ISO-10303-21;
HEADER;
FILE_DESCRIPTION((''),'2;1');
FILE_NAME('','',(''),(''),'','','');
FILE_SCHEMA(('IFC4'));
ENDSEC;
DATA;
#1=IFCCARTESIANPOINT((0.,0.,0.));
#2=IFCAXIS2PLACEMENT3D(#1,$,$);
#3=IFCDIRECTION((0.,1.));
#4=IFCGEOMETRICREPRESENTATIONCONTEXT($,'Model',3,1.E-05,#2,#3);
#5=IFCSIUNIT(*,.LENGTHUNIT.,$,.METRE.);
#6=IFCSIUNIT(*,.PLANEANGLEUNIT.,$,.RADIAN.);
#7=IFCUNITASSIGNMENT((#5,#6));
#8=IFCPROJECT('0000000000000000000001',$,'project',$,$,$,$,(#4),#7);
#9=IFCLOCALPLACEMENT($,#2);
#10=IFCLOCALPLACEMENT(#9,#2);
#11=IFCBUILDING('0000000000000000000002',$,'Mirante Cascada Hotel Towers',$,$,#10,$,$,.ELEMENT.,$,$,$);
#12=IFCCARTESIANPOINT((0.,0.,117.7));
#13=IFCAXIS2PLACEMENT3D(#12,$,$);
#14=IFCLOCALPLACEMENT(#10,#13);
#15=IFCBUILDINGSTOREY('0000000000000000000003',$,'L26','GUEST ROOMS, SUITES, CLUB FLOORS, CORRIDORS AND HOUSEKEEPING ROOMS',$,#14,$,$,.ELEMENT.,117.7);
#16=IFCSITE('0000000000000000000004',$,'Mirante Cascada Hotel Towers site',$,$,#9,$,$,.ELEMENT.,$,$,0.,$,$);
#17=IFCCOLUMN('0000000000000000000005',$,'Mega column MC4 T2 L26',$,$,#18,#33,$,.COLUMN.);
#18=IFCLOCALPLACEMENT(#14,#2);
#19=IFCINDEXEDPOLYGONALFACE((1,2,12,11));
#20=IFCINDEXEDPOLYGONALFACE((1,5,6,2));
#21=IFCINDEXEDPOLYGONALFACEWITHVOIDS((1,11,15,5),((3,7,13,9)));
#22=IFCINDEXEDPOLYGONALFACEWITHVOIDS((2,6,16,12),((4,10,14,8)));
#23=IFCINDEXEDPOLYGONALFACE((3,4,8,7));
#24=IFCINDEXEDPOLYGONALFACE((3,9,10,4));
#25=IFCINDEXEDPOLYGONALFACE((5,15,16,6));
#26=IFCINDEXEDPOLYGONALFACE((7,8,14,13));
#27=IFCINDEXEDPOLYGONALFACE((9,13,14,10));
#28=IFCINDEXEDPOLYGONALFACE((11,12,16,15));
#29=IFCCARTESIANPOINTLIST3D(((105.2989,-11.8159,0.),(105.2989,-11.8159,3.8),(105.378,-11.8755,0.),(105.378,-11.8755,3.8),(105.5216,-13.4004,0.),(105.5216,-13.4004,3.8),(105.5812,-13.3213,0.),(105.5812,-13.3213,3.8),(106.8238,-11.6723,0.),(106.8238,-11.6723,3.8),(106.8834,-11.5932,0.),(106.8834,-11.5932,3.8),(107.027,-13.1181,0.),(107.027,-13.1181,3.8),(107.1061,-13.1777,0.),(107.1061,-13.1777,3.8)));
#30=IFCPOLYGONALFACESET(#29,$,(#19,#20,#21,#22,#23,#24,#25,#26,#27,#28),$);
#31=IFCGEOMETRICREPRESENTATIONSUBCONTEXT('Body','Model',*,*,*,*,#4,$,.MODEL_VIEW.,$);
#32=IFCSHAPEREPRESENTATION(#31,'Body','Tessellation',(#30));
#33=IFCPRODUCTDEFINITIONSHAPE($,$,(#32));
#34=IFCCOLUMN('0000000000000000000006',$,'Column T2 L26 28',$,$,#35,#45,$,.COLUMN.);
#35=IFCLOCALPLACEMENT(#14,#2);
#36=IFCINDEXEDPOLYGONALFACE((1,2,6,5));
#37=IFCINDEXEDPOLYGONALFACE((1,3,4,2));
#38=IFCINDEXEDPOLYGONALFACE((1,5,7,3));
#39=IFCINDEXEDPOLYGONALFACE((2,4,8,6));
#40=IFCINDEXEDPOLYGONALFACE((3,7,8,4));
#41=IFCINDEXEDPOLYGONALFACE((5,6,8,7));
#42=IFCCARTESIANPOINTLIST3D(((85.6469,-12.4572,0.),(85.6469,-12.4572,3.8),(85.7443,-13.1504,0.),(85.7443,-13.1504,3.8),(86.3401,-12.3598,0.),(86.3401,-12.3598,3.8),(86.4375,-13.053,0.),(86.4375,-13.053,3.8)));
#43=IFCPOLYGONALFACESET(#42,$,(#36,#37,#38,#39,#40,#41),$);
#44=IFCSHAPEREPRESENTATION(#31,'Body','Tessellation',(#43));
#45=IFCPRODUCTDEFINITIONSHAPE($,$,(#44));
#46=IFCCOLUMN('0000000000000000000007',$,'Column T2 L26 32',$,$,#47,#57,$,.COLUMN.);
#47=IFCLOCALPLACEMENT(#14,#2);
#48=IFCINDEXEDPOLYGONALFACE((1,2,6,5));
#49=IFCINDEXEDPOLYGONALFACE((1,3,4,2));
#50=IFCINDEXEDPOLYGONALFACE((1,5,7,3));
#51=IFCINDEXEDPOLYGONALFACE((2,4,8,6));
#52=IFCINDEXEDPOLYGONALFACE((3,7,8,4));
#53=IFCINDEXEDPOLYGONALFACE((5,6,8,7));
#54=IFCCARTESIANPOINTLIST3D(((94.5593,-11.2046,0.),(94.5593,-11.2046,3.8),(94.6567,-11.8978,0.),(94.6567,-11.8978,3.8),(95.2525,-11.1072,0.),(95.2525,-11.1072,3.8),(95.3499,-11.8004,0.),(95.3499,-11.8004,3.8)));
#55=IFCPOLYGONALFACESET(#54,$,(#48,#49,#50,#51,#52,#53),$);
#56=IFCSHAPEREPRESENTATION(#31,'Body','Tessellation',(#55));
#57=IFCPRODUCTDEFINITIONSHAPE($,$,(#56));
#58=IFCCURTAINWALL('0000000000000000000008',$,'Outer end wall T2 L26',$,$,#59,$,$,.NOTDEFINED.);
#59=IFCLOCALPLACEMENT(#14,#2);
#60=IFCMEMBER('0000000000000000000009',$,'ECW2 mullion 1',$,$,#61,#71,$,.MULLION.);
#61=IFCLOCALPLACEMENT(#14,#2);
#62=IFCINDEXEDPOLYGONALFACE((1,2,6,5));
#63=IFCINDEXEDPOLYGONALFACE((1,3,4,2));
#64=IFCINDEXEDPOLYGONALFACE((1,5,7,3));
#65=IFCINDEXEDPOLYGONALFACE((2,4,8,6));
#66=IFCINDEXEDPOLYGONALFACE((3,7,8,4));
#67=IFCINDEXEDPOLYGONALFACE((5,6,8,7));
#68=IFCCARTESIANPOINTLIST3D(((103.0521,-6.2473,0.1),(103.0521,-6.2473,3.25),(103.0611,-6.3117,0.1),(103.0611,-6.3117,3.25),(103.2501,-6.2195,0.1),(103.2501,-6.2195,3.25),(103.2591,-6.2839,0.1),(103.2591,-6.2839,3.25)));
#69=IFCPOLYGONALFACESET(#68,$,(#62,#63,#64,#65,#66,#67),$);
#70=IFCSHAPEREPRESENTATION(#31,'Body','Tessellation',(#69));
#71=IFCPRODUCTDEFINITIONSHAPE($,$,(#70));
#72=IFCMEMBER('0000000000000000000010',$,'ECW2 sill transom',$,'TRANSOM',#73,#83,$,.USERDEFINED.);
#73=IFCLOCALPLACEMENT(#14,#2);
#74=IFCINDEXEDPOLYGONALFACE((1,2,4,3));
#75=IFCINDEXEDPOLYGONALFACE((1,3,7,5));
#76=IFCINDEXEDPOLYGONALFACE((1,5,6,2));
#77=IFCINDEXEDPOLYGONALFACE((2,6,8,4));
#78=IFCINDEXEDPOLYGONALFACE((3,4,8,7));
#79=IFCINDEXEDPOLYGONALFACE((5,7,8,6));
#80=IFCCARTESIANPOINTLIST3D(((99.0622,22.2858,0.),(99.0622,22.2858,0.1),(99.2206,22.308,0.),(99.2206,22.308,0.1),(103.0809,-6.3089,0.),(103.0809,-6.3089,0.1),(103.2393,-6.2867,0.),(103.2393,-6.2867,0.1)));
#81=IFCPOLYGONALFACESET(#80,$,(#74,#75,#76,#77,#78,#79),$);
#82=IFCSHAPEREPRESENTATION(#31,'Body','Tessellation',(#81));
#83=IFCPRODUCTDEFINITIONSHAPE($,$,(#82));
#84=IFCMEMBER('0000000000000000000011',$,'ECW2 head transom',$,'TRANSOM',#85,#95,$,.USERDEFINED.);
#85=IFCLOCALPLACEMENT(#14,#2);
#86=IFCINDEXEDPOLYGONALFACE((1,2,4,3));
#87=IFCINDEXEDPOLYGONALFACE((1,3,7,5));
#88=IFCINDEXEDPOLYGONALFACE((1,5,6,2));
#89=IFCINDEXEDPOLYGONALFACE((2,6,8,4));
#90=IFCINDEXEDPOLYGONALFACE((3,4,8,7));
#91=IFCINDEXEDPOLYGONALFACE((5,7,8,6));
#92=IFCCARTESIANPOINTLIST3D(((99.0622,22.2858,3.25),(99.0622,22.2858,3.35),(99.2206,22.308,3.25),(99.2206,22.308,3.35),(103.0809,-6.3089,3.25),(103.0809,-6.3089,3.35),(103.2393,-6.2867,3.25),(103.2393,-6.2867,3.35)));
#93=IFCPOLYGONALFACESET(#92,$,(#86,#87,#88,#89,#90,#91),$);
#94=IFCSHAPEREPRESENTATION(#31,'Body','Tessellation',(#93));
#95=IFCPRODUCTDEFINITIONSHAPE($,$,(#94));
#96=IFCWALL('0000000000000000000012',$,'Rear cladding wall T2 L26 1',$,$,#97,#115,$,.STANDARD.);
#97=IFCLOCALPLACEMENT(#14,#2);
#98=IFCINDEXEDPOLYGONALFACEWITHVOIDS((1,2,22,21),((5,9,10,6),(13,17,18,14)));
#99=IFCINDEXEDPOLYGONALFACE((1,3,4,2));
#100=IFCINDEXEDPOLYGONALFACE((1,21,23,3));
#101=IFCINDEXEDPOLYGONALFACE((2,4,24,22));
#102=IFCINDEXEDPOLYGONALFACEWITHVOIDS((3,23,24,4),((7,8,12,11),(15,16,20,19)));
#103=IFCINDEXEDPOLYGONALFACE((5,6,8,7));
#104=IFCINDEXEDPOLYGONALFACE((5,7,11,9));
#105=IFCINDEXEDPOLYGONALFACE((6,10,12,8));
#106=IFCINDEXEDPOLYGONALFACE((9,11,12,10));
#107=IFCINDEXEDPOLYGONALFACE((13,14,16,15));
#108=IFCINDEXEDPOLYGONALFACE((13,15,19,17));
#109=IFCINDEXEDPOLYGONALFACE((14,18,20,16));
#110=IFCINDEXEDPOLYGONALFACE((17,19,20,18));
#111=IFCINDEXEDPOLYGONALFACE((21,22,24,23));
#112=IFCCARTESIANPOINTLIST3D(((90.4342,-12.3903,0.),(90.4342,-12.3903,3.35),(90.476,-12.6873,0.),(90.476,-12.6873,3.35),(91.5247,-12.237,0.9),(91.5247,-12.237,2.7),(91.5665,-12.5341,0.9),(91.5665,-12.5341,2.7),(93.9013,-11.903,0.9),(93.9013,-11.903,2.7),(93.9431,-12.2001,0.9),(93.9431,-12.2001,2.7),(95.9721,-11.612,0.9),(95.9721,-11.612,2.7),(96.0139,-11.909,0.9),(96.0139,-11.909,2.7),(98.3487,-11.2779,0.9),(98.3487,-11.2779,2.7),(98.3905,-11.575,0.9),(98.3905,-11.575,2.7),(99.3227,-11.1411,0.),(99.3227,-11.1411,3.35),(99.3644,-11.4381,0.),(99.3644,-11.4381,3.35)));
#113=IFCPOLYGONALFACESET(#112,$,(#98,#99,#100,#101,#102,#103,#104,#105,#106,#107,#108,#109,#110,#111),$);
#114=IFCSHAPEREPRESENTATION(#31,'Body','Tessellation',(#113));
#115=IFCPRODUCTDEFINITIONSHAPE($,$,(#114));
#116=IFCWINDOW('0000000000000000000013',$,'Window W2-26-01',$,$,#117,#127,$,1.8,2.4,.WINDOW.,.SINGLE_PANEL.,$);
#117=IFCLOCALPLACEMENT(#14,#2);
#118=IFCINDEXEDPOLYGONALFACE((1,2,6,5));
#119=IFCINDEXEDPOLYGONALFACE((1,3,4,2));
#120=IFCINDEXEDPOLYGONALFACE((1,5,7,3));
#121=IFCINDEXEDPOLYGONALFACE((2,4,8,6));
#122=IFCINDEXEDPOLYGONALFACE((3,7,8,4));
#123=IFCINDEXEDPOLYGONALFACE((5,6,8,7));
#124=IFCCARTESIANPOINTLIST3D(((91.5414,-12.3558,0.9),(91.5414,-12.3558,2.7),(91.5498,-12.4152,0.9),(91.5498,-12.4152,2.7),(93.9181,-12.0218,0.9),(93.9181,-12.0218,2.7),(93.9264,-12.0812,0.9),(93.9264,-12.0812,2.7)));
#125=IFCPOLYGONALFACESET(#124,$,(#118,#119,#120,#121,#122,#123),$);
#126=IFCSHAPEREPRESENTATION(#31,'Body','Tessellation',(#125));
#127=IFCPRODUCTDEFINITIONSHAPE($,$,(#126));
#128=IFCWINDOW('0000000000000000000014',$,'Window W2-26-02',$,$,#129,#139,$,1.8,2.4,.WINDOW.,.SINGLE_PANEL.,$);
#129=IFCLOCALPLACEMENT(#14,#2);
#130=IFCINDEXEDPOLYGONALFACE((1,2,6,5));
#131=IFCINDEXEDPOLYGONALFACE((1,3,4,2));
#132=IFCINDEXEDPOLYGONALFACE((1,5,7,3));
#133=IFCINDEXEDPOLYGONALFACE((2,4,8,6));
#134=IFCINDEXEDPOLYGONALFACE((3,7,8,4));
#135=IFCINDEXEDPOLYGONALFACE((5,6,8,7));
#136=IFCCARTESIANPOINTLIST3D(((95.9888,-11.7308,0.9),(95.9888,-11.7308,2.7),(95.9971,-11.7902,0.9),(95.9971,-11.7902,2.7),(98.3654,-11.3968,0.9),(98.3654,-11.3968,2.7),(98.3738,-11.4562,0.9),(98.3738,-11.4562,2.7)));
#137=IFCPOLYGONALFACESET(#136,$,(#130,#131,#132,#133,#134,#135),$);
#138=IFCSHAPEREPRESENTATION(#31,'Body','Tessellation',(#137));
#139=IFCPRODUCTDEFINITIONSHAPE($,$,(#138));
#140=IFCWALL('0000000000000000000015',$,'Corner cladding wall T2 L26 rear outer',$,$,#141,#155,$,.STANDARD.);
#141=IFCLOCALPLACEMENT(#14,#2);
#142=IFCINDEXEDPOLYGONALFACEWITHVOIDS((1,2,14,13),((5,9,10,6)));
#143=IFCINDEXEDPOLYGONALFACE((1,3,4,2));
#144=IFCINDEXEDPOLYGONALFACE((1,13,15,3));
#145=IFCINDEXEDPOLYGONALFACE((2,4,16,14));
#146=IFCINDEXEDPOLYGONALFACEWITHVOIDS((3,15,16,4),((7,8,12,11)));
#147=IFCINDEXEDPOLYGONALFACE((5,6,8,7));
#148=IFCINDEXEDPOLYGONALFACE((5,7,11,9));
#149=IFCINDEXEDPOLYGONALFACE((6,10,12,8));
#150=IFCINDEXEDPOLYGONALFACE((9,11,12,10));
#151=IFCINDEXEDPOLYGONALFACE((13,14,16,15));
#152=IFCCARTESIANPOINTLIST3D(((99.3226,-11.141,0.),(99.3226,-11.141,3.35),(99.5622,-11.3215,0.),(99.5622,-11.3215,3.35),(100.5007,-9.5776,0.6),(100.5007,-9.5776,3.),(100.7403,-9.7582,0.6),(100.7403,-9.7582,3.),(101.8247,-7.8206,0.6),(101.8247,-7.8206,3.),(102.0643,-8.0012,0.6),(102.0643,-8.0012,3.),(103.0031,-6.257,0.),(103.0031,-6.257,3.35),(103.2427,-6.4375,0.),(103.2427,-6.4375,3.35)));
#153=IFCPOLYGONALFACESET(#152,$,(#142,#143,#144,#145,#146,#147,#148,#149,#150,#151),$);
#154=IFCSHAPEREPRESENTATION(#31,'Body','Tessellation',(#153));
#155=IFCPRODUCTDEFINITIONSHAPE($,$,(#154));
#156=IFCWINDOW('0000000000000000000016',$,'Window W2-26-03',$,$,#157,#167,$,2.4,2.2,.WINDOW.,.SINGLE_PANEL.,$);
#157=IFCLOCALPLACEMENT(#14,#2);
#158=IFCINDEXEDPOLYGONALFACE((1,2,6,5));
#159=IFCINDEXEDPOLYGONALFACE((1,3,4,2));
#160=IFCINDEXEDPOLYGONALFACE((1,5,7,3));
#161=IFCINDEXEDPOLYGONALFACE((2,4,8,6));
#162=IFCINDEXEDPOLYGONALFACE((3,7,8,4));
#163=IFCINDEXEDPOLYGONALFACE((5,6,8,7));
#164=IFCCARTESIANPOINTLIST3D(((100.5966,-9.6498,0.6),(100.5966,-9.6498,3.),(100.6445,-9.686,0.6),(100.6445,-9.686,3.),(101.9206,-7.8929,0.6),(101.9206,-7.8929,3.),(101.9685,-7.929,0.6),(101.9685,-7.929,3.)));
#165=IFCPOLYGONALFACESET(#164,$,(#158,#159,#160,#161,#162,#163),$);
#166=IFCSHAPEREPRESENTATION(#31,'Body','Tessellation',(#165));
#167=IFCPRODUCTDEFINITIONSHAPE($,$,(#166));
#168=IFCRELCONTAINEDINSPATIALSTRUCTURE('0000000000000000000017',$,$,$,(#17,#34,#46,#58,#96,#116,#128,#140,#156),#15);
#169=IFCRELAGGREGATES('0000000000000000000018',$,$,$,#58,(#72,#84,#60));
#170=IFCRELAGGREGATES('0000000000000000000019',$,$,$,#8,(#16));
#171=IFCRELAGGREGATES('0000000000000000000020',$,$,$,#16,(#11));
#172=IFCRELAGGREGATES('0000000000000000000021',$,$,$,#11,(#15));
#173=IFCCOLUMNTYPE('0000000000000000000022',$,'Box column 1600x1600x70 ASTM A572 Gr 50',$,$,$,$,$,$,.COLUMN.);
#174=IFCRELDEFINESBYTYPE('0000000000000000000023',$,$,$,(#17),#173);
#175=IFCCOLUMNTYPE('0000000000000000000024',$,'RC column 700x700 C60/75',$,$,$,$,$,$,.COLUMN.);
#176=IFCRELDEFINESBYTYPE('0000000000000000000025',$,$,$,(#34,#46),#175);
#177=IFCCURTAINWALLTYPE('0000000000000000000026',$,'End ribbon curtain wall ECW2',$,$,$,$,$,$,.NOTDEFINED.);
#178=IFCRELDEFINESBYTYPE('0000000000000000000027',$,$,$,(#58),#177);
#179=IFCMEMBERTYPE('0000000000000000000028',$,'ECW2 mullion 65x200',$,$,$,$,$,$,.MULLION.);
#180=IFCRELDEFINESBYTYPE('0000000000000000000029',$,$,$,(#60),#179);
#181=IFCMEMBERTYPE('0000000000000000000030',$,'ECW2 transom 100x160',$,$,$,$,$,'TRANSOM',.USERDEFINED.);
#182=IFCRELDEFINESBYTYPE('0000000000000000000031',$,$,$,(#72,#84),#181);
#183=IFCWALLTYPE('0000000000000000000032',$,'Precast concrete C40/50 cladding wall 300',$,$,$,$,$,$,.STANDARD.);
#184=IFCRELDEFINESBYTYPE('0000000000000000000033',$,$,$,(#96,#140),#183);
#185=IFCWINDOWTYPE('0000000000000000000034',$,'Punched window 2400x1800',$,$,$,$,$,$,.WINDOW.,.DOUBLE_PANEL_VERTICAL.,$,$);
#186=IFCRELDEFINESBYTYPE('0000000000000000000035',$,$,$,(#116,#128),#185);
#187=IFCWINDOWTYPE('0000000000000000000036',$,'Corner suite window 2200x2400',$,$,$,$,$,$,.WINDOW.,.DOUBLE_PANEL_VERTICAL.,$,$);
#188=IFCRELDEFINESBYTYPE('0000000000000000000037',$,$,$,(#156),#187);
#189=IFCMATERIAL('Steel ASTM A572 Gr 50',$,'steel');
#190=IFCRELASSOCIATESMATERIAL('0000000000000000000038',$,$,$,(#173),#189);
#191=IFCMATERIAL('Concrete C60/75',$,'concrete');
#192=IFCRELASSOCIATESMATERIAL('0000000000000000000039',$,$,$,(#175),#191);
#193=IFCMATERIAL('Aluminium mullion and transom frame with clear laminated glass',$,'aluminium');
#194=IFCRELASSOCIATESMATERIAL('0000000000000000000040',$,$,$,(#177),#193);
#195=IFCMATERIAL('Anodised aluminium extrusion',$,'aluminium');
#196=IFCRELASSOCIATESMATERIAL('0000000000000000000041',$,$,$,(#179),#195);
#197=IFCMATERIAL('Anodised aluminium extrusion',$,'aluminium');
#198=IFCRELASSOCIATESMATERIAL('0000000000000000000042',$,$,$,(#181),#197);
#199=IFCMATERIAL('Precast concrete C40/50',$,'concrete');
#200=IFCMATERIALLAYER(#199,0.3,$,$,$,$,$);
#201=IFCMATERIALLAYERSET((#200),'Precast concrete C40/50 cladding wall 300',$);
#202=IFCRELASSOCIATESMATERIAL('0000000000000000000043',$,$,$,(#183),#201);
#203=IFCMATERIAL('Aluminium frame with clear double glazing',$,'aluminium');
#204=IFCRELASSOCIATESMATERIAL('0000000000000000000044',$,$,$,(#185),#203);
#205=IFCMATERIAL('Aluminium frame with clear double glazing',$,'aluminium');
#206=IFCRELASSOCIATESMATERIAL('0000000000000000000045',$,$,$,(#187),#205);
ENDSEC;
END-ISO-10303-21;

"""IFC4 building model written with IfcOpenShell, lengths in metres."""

from ifc_helpers import new_model, si_unit, direction, frame, frame_2d, origin, origin_2d, place, context, subcontext, project, spatial, rectangle, hollow_rectangle, extrude, material, layer, layer_set, material_profile, profile_set, type_object, element, fill, aggregate, save


model = new_model("IFC4")

# Units and contexts
model_context = context("Model", 3, precision=1e-05, world=origin(), true_north=direction((0.0, 1.0)))
body_context = subcontext(model_context, "Body", "Model", "MODEL_VIEW")
ifc_project = project(units=[si_unit("LENGTHUNIT", "METRE"), si_unit("PLANEANGLEUNIT", "RADIAN")], contexts=[model_context])

# Site, building, storey
site_placement = place(None, origin())
site = spatial("IfcSite", under=ifc_project, at=site_placement, Name="Mirante Cascada Hotel Towers site", CompositionType="ELEMENT", RefElevation=0.0)
building_placement = place(site_placement, origin())
building = spatial("IfcBuilding", under=site, at=building_placement, Name="Mirante Cascada Hotel Towers", CompositionType="ELEMENT")
storey_placement = place(building_placement, frame((0.0, 0.0, 117.7)))
storey = spatial("IfcBuildingStorey", under=building, at=storey_placement, Name="L26", Description="GUEST ROOMS, SUITES, CLUB FLOORS, CORRIDORS AND HOUSEKEEPING ROOMS", CompositionType="ELEMENT", Elevation=117.7)

# Columns
ifc_material_1 = material(Name="Steel ASTM A572 Gr 50", Category="steel")
ifc_material_profile_1 = material_profile(ifc_material_1, hollow_rectangle(XDim=1.6, YDim=1.6, WallThickness=0.07, at=origin_2d()), Name="Box column 1600x1600x70 ASTM A572 Gr 50")
ifc_profile_set_1 = profile_set([ifc_material_profile_1], Name="Steel ASTM A572 Gr 50")
column_type_1 = type_object("IfcColumnType", Name="Box column 1600x1600x70 ASTM A572 Gr 50", PredefinedType="COLUMN", material=ifc_profile_set_1)
column_placement = place(storey_placement, frame((106.2025, -12.4968, 0.0), z_axis=(0.0, 0.0, 1.0), x_axis=(0.990268, 0.139173, 0.0)))
element("IfcColumn", 1, at=column_placement, inside=storey, type_object=column_type_1, Name="Mega column MC4 T2 L26", PredefinedType="COLUMN", context=body_context, shape_type="SweptSolid", body=[
    extrude(hollow_rectangle(XDim=1.6, YDim=1.6, WallThickness=0.07, at=origin_2d()), origin(), (0.0, 0.0, 1.0), 3.8),
])
ifc_material_2 = material(Name="Concrete C60/75", Category="concrete")
ifc_material_profile_2 = material_profile(ifc_material_2, rectangle(XDim=0.7, YDim=0.7, at=origin_2d()), Name="RC column 700x700 C60/75")
ifc_profile_set_2 = profile_set([ifc_material_profile_2], Name="Concrete C60/75")
column_type_2 = type_object("IfcColumnType", Name="RC column 700x700 C60/75", PredefinedType="COLUMN", material=ifc_profile_set_2)
for number, where, z_axis, x_axis, name in (
    (2, (86.0422, -12.7551, 0.0), (0.0, 0.0, 1.0), (0.990268, 0.139173, 0.0), "Column T2 L26 28"),
    (3, (94.9546, -11.5025, 0.0), (0.0, 0.0, 1.0), (0.990268, 0.139173, 0.0), "Column T2 L26 32"),
):
    element("IfcColumn", number, at=place(storey_placement, frame(where, z_axis=z_axis, x_axis=x_axis)), inside=storey, type_object=column_type_2, Name=name, PredefinedType="COLUMN", context=body_context, shape_type="SweptSolid", body=[
        extrude(rectangle(XDim=0.7, YDim=0.7, at=origin_2d()), origin(), (0.0, 0.0, 1.0), 3.8),
    ])

# Curtain wall, members
ifc_material_3 = material(Name="Aluminium mullion and transom frame with clear laminated glass", Category="aluminium")
curtain_wall_type = type_object("IfcCurtainWallType", Name="End ribbon curtain wall ECW2", PredefinedType="NOTDEFINED", material=ifc_material_3)
curtain_wall_placement = place(storey_placement, origin())
curtain_wall = element("IfcCurtainWall", 4, at=curtain_wall_placement, inside=storey, type_object=curtain_wall_type, Name="Outer end wall T2 L26", PredefinedType="NOTDEFINED")
ifc_material_4 = material(Name="Anodised aluminium extrusion", Category="aluminium")
ifc_material_profile_3 = material_profile(ifc_material_4, rectangle(XDim=0.2, YDim=0.065, at=origin_2d()), Name="ECW2 MULLION 65x200")
ifc_profile_set_3 = profile_set([ifc_material_profile_3], Name="Anodised aluminium extrusion")
member_type_1 = type_object("IfcMemberType", Name="ECW2 mullion 65x200", PredefinedType="MULLION", material=ifc_profile_set_3)
member_1_placement = place(storey_placement, frame((103.1556, -6.2656, 0.1), z_axis=(0.0, 0.0, 1.0), x_axis=(-0.990268, -0.139173, 0.0)))
member_1 = element("IfcMember", 5, at=member_1_placement, type_object=member_type_1, Name="ECW2 mullion 1", PredefinedType="MULLION", context=body_context, shape_type="SweptSolid", body=[
    extrude(rectangle(XDim=0.2, YDim=0.065, at=origin_2d()), origin(), (0.0, 0.0, 1.0), 3.15),
])
ifc_material_5 = material(Name="Anodised aluminium extrusion", Category="aluminium")
ifc_material_profile_4 = material_profile(ifc_material_5, rectangle(XDim=0.16, YDim=0.1, at=origin_2d()), Name="ECW2 TRANSOM 100x160")
ifc_profile_set_4 = profile_set([ifc_material_profile_4], Name="Anodised aluminium extrusion")
member_type_2 = type_object("IfcMemberType", Name="ECW2 transom 100x160", ElementType="TRANSOM", PredefinedType="USERDEFINED", material=ifc_profile_set_4)
member_2_placement = place(storey_placement, frame((103.1601, -6.2978, 0.05), z_axis=(-0.139172, 0.990268, 0.0), x_axis=(-0.990268, -0.139172, 0.0)))
member_2 = element("IfcMember", 6, at=member_2_placement, type_object=member_type_2, Name="ECW2 sill transom", ObjectType="TRANSOM", PredefinedType="USERDEFINED", context=body_context, shape_type="SweptSolid", body=[
    extrude(rectangle(XDim=0.16, YDim=0.1, at=origin_2d()), origin(), (0.0, 0.0, 1.0), 28.8757),
])
member_3_placement = place(storey_placement, frame((103.1601, -6.2978, 3.3), z_axis=(-0.139172, 0.990268, 0.0), x_axis=(-0.990268, -0.139172, 0.0)))
member_3 = element("IfcMember", 7, at=member_3_placement, type_object=member_type_2, Name="ECW2 head transom", ObjectType="TRANSOM", PredefinedType="USERDEFINED", context=body_context, shape_type="SweptSolid", body=[
    extrude(rectangle(XDim=0.16, YDim=0.1, at=origin_2d()), origin(), (0.0, 0.0, 1.0), 28.8757),
])
aggregate(curtain_wall, [member_2, member_3, member_1])

# Wall, openings, windows
ifc_material_6 = material(Name="Precast concrete C40/50", Category="concrete")
ifc_layer_1 = layer(ifc_material_6, 0.3)
ifc_layer_set_1 = layer_set([ifc_layer_1], Name="Precast concrete C40/50 cladding wall 300")
wall_type_1 = type_object("IfcWallType", Name="Precast concrete C40/50 cladding wall 300", PredefinedType="STANDARD", material=ifc_layer_set_1)
wall_1_placement = place(storey_placement, frame((90.4551, -12.5388, 0.0), z_axis=(0.0, 0.0, 1.0), x_axis=(0.990268, 0.139175, 0.0)))
wall_1 = element("IfcWall", 8, at=wall_1_placement, inside=storey, type_object=wall_type_1, Name="Rear cladding wall T2 L26 1", PredefinedType="STANDARD", context=body_context, shape_type="SweptSolid", body=[
    extrude(rectangle(XDim=8.9758, YDim=0.3, at=frame_2d((4.4879, 0.0))), origin(), (0.0, 0.0, 1.0), 3.35),
])
opening_1_placement = place(wall_1_placement, frame((1.1012, 0.0, 0.9)))
opening_1 = element("IfcOpeningElement", 9, at=opening_1_placement, cuts=wall_1, PredefinedType="OPENING", context=body_context, shape_type="SweptSolid", body=[
    extrude(rectangle(XDim=2.4, YDim=1.8, at=frame_2d((1.2, 0.9))), frame((0.0, 0.15, 0.0), z_axis=(0.0, -1.0, 0.0), x_axis=(1.0, 0.0, 0.0)), (0.0, 0.0, 1.0), 0.3),
])
opening_2_placement = place(wall_1_placement, frame((5.5923, 0.0, 0.9)))
opening_2 = element("IfcOpeningElement", 10, at=opening_2_placement, cuts=wall_1, PredefinedType="OPENING", context=body_context, shape_type="SweptSolid", body=[
    extrude(rectangle(XDim=2.4, YDim=1.8, at=frame_2d((1.2, 0.9))), frame((0.0, 0.15, 0.0), z_axis=(0.0, -1.0, 0.0), x_axis=(1.0, 0.0, 0.0)), (0.0, 0.0, 1.0), 0.3),
])
ifc_material_7 = material(Name="Aluminium frame with clear double glazing", Category="aluminium")
window_type_1 = type_object("IfcWindowType", Name="Punched window 2400x1800", PartitioningType="DOUBLE_PANEL_VERTICAL", PredefinedType="WINDOW", material=ifc_material_7)
window_1_placement = place(opening_1_placement, origin())
window_1 = element("IfcWindow", 11, at=window_1_placement, inside=storey, type_object=window_type_1, Name="Window W2-26-01", OverallHeight=1.8, OverallWidth=2.4, PartitioningType="SINGLE_PANEL", PredefinedType="WINDOW", context=body_context, shape_type="SweptSolid", body=[
    extrude(rectangle(XDim=2.4, YDim=1.8, at=frame_2d((1.2, 0.9))), frame((0.0, 0.03, 0.0), z_axis=(0.0, -1.0, 0.0), x_axis=(1.0, 0.0, 0.0)), (0.0, 0.0, 1.0), 0.06),
])
fill(opening_1, window_1)
window_2_placement = place(opening_2_placement, origin())
window_2 = element("IfcWindow", 12, at=window_2_placement, inside=storey, type_object=window_type_1, Name="Window W2-26-02", OverallHeight=1.8, OverallWidth=2.4, PartitioningType="SINGLE_PANEL", PredefinedType="WINDOW", context=body_context, shape_type="SweptSolid", body=[
    extrude(rectangle(XDim=2.4, YDim=1.8, at=frame_2d((1.2, 0.9))), frame((0.0, 0.03, 0.0), z_axis=(0.0, -1.0, 0.0), x_axis=(1.0, 0.0, 0.0)), (0.0, 0.0, 1.0), 0.06),
])
fill(opening_2, window_2)

# Wall, opening, window
wall_2_placement = place(storey_placement, frame((99.4424, -11.2313, 0.0), z_axis=(0.0, 0.0, 1.0), x_axis=(0.601819, 0.798632, 0.0)))
wall_2 = element("IfcWall", 13, at=wall_2_placement, inside=storey, type_object=wall_type_1, Name="Corner cladding wall T2 L26 rear outer", PredefinedType="STANDARD", context=body_context, shape_type="SweptSolid", body=[
    extrude(rectangle(XDim=6.1155, YDim=0.3, at=frame_2d((3.0578, 0.0))), origin(), (0.0, 0.0, 1.0), 3.35),
])
opening_3_placement = place(wall_2_placement, frame((1.9576, 0.0, 0.6)))
opening_3 = element("IfcOpeningElement", 14, at=opening_3_placement, cuts=wall_2, PredefinedType="OPENING", context=body_context, shape_type="SweptSolid", body=[
    extrude(rectangle(XDim=2.2, YDim=2.4, at=frame_2d((1.1, 1.2))), frame((0.0, 0.15, 0.0), z_axis=(0.0, -1.0, 0.0), x_axis=(1.0, 0.0, 0.0)), (0.0, 0.0, 1.0), 0.3),
])
ifc_material_8 = material(Name="Aluminium frame with clear double glazing", Category="aluminium")
window_type_2 = type_object("IfcWindowType", Name="Corner suite window 2200x2400", PartitioningType="DOUBLE_PANEL_VERTICAL", PredefinedType="WINDOW", material=ifc_material_8)
window_3_placement = place(opening_3_placement, origin())
window_3 = element("IfcWindow", 15, at=window_3_placement, inside=storey, type_object=window_type_2, Name="Window W2-26-03", OverallHeight=2.4, OverallWidth=2.2, PartitioningType="SINGLE_PANEL", PredefinedType="WINDOW", context=body_context, shape_type="SweptSolid", body=[
    extrude(rectangle(XDim=2.2, YDim=2.4, at=frame_2d((1.1, 1.2))), frame((0.0, 0.03, 0.0), z_axis=(0.0, -1.0, 0.0), x_axis=(1.0, 0.0, 0.0)), (0.0, 0.0, 1.0), 0.06),
])
fill(opening_3, window_3)

save(model, "model.ifc")
